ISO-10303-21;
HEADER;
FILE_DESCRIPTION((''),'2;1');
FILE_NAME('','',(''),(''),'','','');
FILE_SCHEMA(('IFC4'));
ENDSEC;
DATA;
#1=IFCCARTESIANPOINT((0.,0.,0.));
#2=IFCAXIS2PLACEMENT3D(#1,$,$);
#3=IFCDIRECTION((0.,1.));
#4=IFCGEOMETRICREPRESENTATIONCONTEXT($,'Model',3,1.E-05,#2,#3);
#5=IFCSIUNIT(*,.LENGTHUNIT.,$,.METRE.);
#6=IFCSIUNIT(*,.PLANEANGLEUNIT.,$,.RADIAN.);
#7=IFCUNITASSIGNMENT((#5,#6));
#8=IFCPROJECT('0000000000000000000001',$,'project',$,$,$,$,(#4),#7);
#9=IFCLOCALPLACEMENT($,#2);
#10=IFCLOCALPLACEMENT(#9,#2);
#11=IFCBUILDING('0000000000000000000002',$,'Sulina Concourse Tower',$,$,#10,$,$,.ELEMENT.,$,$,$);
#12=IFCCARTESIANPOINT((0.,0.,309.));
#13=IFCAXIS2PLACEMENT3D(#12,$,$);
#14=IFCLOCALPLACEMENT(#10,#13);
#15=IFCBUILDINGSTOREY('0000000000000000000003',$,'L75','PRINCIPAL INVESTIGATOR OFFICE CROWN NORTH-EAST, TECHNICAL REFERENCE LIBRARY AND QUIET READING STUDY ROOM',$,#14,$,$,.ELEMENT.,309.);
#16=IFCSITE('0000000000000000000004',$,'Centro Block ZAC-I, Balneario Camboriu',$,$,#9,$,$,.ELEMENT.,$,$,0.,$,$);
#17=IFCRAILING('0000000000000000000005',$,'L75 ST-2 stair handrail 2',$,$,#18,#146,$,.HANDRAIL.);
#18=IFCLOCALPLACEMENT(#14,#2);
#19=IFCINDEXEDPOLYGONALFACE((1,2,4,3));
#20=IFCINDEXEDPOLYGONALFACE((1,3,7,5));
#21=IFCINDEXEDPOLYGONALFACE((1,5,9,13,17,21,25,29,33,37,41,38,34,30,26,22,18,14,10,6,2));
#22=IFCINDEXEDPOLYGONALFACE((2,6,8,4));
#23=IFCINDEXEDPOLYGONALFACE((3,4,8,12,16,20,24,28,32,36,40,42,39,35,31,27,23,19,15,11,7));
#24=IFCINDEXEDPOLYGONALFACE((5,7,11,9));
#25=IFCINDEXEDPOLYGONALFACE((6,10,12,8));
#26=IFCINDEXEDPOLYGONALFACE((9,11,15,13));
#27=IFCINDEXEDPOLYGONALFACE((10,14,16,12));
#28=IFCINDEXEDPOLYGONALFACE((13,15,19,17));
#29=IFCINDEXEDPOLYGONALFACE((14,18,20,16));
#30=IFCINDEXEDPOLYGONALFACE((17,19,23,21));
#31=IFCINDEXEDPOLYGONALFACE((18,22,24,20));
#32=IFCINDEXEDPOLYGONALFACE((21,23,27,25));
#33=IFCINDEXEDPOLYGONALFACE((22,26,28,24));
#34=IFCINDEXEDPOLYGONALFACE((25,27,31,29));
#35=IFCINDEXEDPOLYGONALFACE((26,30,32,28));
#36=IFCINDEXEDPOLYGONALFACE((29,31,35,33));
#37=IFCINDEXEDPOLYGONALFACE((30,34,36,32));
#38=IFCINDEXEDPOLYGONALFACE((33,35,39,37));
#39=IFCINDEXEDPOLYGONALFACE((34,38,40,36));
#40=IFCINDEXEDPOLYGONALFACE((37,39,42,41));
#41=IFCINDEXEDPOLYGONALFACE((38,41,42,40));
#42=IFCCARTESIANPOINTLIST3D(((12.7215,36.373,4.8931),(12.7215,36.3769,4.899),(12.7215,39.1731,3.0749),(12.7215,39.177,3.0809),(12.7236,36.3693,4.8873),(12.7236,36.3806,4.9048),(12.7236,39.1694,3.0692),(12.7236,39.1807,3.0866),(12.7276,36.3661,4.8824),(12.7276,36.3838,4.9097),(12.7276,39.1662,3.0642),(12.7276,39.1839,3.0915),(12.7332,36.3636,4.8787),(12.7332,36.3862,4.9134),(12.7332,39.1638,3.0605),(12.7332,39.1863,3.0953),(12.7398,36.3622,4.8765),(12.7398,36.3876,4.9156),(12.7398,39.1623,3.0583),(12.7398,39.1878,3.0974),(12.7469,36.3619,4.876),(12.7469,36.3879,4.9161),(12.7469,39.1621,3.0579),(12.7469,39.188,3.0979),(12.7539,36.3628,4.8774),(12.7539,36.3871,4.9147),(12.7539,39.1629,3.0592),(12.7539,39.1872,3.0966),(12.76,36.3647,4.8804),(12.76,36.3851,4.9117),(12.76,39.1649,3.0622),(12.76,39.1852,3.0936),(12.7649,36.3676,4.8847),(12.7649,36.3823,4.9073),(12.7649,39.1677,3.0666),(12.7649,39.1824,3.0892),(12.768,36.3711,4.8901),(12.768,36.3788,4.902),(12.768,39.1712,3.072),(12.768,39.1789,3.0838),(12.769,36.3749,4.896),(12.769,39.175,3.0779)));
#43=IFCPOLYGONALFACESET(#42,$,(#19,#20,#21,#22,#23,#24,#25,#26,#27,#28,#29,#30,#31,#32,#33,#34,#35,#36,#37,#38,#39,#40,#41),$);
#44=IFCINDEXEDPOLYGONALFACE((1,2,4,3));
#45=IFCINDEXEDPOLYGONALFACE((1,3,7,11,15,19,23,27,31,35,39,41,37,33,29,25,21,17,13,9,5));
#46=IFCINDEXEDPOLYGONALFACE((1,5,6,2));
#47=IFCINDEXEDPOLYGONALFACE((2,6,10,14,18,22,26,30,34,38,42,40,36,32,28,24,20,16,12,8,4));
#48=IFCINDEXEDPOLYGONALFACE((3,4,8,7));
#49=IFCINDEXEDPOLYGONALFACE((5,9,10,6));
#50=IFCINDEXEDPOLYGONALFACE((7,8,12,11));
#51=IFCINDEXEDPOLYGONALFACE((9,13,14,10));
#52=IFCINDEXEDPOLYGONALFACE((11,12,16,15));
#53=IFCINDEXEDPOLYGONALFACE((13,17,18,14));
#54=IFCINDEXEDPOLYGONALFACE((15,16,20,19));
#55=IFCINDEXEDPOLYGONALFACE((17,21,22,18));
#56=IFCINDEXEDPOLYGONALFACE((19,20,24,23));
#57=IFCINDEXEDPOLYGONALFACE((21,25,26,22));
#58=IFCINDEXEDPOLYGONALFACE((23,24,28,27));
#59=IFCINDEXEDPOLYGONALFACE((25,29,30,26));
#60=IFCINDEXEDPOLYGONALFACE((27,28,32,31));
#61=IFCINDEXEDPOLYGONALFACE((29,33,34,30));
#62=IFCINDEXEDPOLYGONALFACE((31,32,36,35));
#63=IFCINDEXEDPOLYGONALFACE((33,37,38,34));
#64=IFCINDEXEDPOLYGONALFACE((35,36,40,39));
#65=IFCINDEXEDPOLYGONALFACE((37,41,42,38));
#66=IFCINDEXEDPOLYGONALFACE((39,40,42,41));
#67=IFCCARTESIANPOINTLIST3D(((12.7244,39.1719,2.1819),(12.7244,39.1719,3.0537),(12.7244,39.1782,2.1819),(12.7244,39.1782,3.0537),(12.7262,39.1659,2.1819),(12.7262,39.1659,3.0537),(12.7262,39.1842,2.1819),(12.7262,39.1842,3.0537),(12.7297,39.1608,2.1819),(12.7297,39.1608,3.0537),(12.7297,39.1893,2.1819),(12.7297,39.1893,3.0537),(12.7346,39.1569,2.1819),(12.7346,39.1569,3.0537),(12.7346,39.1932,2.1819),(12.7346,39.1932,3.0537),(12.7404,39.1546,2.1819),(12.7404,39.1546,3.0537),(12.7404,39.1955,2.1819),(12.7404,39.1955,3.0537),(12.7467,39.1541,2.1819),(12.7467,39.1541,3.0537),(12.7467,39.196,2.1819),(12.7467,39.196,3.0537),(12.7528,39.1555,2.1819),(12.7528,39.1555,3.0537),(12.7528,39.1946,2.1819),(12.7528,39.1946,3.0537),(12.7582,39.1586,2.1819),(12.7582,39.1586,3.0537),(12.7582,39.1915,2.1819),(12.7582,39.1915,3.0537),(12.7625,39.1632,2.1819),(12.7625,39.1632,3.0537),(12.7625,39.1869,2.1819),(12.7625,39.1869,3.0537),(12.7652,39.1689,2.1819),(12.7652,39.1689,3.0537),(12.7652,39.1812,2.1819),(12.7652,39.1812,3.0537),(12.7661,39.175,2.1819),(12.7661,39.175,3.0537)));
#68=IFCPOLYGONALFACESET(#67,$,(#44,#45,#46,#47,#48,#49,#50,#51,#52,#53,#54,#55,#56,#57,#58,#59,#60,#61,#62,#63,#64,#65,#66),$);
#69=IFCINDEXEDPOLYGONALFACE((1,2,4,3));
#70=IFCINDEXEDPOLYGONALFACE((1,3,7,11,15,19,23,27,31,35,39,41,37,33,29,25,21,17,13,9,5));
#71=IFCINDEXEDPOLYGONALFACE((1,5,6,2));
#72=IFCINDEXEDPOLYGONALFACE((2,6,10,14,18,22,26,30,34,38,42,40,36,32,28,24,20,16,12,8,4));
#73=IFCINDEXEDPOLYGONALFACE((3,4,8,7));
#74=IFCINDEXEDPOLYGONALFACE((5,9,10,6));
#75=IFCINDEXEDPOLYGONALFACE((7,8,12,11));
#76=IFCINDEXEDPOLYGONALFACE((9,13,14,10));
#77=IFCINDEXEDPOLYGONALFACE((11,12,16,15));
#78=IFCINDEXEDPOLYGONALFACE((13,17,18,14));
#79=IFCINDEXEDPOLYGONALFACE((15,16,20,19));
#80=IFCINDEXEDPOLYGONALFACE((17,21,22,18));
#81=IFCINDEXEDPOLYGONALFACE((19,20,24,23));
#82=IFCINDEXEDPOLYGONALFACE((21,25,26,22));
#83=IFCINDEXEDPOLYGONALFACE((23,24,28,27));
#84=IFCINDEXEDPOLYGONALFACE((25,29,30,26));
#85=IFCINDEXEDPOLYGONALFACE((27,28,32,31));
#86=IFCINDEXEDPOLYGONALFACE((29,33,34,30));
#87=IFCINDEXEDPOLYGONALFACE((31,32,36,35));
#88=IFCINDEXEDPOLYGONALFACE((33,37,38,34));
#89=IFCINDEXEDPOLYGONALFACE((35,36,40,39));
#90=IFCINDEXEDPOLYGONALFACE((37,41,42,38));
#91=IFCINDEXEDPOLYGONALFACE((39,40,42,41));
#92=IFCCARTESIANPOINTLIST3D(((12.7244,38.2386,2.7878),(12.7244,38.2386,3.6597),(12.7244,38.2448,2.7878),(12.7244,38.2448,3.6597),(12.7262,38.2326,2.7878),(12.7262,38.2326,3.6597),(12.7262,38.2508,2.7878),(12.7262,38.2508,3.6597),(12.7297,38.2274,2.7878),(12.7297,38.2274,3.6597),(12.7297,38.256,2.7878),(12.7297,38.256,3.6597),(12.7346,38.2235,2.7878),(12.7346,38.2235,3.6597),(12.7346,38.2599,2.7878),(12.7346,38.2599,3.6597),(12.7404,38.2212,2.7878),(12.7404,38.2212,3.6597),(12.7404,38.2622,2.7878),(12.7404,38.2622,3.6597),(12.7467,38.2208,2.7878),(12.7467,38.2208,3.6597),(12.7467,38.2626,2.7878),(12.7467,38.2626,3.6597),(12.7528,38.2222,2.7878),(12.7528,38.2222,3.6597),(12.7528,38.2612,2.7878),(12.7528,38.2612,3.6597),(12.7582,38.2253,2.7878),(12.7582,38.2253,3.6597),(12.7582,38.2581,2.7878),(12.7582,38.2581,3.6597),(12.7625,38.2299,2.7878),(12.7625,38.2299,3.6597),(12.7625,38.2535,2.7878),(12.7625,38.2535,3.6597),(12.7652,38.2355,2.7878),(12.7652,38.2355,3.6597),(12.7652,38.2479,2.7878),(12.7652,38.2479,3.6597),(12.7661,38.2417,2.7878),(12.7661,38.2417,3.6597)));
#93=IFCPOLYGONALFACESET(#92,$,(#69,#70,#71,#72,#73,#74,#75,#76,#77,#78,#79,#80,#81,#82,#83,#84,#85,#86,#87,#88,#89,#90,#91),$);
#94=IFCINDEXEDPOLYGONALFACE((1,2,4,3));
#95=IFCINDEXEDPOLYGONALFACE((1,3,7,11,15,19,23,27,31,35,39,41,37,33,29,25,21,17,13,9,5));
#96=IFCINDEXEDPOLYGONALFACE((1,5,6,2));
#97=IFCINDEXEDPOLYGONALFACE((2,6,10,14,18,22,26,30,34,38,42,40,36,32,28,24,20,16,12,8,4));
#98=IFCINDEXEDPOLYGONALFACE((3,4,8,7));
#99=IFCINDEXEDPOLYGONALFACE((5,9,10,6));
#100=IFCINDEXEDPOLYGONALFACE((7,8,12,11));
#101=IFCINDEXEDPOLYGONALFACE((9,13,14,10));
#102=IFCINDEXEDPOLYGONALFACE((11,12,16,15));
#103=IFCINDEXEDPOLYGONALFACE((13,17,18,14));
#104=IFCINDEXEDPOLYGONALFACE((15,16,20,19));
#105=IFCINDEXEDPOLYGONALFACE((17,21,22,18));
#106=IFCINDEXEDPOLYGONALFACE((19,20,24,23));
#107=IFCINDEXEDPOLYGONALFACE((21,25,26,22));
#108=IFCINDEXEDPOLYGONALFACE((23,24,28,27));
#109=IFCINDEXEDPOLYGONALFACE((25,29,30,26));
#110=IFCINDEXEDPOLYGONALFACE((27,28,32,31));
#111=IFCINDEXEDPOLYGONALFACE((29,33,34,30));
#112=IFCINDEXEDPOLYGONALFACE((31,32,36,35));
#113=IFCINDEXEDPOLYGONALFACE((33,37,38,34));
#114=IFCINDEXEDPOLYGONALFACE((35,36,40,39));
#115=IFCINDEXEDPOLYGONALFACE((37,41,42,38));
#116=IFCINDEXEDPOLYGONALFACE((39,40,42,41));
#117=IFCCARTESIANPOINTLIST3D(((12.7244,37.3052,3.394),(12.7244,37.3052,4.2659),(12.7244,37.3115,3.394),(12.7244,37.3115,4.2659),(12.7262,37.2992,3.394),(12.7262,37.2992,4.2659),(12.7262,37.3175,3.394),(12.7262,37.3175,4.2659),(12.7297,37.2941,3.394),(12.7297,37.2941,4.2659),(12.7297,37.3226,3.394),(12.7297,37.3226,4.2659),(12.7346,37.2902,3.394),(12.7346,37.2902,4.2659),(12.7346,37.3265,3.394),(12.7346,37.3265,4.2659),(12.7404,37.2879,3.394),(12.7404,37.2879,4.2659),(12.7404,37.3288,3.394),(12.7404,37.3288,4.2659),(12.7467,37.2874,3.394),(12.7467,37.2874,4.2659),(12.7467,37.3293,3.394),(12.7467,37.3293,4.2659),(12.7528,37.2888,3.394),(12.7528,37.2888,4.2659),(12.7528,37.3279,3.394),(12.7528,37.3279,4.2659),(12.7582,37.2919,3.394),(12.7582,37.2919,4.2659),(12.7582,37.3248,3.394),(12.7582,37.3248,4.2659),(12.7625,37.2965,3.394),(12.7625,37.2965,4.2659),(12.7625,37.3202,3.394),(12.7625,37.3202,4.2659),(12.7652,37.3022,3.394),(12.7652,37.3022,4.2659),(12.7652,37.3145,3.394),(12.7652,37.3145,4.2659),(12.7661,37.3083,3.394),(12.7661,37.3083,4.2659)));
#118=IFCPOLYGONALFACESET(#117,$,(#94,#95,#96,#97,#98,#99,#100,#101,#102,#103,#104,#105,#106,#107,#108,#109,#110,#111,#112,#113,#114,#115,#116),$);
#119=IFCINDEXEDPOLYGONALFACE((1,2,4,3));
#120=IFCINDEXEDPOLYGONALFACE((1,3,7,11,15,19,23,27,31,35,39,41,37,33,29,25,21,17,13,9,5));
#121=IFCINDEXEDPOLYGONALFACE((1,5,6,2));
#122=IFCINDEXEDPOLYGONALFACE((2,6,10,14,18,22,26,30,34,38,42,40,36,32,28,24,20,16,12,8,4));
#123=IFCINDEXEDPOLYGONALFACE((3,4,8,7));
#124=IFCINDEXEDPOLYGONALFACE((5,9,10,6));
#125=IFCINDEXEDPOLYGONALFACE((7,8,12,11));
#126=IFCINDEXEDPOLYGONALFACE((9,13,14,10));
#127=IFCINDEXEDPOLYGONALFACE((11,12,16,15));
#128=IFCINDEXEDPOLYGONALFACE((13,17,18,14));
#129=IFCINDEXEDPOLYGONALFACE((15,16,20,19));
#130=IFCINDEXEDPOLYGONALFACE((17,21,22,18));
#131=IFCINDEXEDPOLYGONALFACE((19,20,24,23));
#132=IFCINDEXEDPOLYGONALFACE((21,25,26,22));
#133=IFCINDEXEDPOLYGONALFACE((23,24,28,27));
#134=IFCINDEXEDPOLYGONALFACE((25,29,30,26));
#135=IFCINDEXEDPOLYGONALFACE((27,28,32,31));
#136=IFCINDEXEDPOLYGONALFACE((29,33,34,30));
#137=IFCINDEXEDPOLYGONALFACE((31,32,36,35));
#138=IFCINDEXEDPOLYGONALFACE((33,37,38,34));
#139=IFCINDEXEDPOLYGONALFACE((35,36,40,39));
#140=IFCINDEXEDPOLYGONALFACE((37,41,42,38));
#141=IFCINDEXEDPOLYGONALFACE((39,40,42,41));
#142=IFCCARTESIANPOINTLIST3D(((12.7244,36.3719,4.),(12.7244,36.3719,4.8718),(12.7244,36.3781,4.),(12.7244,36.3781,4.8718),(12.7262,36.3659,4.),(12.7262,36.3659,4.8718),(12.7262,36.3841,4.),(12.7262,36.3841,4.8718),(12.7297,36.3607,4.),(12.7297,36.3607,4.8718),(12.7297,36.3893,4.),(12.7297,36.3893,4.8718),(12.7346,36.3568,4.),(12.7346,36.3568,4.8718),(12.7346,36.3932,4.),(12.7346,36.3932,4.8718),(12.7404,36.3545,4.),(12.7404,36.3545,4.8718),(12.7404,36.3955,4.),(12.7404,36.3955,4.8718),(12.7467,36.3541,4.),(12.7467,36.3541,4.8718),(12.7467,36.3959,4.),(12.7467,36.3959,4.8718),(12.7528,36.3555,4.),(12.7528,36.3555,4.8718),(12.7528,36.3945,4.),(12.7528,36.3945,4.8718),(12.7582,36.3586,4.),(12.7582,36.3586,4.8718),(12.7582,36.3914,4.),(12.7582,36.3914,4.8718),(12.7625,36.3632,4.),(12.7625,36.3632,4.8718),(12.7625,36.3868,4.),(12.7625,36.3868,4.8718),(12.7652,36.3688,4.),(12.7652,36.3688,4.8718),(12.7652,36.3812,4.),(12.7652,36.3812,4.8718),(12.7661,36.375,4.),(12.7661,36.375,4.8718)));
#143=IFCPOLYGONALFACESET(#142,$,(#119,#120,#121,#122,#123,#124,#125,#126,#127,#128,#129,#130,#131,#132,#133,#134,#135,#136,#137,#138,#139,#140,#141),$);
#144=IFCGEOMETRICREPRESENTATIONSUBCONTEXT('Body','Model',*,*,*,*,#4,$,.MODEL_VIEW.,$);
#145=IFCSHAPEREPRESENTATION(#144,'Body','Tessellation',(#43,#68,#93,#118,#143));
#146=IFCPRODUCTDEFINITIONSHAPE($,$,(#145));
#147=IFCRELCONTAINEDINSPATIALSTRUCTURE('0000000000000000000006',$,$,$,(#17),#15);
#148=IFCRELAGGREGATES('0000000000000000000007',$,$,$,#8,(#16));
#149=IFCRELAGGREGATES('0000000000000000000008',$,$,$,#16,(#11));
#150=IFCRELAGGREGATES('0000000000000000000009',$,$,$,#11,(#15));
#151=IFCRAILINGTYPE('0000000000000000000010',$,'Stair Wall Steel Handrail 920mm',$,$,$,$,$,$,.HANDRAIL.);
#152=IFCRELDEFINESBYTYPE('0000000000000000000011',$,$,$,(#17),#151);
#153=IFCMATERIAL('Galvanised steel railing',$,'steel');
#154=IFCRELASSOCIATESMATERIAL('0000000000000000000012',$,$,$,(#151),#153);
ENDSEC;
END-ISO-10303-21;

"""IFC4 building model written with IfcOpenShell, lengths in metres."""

from ifc_helpers import new_model, si_unit, direction, frame, origin, origin_2d, place, context, subcontext, project, spatial, circle, extrude, material, type_object, element, save


model = new_model("IFC4")

# Units and contexts
model_context = context("Model", 3, precision=1e-05, world=origin(), true_north=direction((0.0, 1.0)))
body_context = subcontext(model_context, "Body", "Model", "MODEL_VIEW")
ifc_project = project(units=[si_unit("LENGTHUNIT", "METRE"), si_unit("PLANEANGLEUNIT", "RADIAN")], contexts=[model_context])

# Site, building, storey
site_placement = place(None, origin())
site = spatial("IfcSite", under=ifc_project, at=site_placement, Name="Centro Block ZAC-I, Balneario Camboriu", CompositionType="ELEMENT", RefElevation=0.0)
building_placement = place(site_placement, origin())
building = spatial("IfcBuilding", under=site, at=building_placement, Name="Sulina Concourse Tower", CompositionType="ELEMENT")
storey_placement = place(building_placement, frame((0.0, 0.0, 309.0)))
storey = spatial("IfcBuildingStorey", under=building, at=storey_placement, Name="L75", Description="PRINCIPAL INVESTIGATOR OFFICE CROWN NORTH-EAST, TECHNICAL REFERENCE LIBRARY AND QUIET READING STUDY ROOM", CompositionType="ELEMENT", Elevation=309.0)

# Railing
ifc_material_1 = material(Name="Galvanised steel railing", Category="steel")
railing_type_1 = type_object("IfcRailingType", Name="Stair Wall Steel Handrail 920mm", PredefinedType="HANDRAIL", material=ifc_material_1)
railing_1_placement = place(storey_placement, frame((12.7451, 39.175, 2.1819)))
element("IfcRailing", 1, at=railing_1_placement, inside=storey, type_object=railing_type_1, Name="L75 ST-2 stair handrail 2", PredefinedType="HANDRAIL", context=body_context, shape_type="SweptSolid", body=[
    extrude(circle(Radius=0.0239, at=origin_2d()), frame((0.0, 0.0, 0.896), z_axis=(0.0, -0.838706, 0.544585), x_axis=(1.0, 0.0, 0.0)), (0.0, 0.0, 1.0), 3.3386),
    extrude(circle(Radius=0.021, at=origin_2d()), origin(), (0.0, 0.0, 1.0), 0.8718),
    extrude(circle(Radius=0.021, at=origin_2d()), frame((0.0, -0.9333, 0.606)), (0.0, 0.0, 1.0), 0.8718),
    extrude(circle(Radius=0.021, at=origin_2d()), frame((0.0, -1.8667, 1.2122)), (0.0, 0.0, 1.0), 0.8718),
    extrude(circle(Radius=0.021, at=origin_2d()), frame((0.0, -2.8, 1.8181)), (0.0, 0.0, 1.0), 0.8718),
])

save(model, "model.ifc")
